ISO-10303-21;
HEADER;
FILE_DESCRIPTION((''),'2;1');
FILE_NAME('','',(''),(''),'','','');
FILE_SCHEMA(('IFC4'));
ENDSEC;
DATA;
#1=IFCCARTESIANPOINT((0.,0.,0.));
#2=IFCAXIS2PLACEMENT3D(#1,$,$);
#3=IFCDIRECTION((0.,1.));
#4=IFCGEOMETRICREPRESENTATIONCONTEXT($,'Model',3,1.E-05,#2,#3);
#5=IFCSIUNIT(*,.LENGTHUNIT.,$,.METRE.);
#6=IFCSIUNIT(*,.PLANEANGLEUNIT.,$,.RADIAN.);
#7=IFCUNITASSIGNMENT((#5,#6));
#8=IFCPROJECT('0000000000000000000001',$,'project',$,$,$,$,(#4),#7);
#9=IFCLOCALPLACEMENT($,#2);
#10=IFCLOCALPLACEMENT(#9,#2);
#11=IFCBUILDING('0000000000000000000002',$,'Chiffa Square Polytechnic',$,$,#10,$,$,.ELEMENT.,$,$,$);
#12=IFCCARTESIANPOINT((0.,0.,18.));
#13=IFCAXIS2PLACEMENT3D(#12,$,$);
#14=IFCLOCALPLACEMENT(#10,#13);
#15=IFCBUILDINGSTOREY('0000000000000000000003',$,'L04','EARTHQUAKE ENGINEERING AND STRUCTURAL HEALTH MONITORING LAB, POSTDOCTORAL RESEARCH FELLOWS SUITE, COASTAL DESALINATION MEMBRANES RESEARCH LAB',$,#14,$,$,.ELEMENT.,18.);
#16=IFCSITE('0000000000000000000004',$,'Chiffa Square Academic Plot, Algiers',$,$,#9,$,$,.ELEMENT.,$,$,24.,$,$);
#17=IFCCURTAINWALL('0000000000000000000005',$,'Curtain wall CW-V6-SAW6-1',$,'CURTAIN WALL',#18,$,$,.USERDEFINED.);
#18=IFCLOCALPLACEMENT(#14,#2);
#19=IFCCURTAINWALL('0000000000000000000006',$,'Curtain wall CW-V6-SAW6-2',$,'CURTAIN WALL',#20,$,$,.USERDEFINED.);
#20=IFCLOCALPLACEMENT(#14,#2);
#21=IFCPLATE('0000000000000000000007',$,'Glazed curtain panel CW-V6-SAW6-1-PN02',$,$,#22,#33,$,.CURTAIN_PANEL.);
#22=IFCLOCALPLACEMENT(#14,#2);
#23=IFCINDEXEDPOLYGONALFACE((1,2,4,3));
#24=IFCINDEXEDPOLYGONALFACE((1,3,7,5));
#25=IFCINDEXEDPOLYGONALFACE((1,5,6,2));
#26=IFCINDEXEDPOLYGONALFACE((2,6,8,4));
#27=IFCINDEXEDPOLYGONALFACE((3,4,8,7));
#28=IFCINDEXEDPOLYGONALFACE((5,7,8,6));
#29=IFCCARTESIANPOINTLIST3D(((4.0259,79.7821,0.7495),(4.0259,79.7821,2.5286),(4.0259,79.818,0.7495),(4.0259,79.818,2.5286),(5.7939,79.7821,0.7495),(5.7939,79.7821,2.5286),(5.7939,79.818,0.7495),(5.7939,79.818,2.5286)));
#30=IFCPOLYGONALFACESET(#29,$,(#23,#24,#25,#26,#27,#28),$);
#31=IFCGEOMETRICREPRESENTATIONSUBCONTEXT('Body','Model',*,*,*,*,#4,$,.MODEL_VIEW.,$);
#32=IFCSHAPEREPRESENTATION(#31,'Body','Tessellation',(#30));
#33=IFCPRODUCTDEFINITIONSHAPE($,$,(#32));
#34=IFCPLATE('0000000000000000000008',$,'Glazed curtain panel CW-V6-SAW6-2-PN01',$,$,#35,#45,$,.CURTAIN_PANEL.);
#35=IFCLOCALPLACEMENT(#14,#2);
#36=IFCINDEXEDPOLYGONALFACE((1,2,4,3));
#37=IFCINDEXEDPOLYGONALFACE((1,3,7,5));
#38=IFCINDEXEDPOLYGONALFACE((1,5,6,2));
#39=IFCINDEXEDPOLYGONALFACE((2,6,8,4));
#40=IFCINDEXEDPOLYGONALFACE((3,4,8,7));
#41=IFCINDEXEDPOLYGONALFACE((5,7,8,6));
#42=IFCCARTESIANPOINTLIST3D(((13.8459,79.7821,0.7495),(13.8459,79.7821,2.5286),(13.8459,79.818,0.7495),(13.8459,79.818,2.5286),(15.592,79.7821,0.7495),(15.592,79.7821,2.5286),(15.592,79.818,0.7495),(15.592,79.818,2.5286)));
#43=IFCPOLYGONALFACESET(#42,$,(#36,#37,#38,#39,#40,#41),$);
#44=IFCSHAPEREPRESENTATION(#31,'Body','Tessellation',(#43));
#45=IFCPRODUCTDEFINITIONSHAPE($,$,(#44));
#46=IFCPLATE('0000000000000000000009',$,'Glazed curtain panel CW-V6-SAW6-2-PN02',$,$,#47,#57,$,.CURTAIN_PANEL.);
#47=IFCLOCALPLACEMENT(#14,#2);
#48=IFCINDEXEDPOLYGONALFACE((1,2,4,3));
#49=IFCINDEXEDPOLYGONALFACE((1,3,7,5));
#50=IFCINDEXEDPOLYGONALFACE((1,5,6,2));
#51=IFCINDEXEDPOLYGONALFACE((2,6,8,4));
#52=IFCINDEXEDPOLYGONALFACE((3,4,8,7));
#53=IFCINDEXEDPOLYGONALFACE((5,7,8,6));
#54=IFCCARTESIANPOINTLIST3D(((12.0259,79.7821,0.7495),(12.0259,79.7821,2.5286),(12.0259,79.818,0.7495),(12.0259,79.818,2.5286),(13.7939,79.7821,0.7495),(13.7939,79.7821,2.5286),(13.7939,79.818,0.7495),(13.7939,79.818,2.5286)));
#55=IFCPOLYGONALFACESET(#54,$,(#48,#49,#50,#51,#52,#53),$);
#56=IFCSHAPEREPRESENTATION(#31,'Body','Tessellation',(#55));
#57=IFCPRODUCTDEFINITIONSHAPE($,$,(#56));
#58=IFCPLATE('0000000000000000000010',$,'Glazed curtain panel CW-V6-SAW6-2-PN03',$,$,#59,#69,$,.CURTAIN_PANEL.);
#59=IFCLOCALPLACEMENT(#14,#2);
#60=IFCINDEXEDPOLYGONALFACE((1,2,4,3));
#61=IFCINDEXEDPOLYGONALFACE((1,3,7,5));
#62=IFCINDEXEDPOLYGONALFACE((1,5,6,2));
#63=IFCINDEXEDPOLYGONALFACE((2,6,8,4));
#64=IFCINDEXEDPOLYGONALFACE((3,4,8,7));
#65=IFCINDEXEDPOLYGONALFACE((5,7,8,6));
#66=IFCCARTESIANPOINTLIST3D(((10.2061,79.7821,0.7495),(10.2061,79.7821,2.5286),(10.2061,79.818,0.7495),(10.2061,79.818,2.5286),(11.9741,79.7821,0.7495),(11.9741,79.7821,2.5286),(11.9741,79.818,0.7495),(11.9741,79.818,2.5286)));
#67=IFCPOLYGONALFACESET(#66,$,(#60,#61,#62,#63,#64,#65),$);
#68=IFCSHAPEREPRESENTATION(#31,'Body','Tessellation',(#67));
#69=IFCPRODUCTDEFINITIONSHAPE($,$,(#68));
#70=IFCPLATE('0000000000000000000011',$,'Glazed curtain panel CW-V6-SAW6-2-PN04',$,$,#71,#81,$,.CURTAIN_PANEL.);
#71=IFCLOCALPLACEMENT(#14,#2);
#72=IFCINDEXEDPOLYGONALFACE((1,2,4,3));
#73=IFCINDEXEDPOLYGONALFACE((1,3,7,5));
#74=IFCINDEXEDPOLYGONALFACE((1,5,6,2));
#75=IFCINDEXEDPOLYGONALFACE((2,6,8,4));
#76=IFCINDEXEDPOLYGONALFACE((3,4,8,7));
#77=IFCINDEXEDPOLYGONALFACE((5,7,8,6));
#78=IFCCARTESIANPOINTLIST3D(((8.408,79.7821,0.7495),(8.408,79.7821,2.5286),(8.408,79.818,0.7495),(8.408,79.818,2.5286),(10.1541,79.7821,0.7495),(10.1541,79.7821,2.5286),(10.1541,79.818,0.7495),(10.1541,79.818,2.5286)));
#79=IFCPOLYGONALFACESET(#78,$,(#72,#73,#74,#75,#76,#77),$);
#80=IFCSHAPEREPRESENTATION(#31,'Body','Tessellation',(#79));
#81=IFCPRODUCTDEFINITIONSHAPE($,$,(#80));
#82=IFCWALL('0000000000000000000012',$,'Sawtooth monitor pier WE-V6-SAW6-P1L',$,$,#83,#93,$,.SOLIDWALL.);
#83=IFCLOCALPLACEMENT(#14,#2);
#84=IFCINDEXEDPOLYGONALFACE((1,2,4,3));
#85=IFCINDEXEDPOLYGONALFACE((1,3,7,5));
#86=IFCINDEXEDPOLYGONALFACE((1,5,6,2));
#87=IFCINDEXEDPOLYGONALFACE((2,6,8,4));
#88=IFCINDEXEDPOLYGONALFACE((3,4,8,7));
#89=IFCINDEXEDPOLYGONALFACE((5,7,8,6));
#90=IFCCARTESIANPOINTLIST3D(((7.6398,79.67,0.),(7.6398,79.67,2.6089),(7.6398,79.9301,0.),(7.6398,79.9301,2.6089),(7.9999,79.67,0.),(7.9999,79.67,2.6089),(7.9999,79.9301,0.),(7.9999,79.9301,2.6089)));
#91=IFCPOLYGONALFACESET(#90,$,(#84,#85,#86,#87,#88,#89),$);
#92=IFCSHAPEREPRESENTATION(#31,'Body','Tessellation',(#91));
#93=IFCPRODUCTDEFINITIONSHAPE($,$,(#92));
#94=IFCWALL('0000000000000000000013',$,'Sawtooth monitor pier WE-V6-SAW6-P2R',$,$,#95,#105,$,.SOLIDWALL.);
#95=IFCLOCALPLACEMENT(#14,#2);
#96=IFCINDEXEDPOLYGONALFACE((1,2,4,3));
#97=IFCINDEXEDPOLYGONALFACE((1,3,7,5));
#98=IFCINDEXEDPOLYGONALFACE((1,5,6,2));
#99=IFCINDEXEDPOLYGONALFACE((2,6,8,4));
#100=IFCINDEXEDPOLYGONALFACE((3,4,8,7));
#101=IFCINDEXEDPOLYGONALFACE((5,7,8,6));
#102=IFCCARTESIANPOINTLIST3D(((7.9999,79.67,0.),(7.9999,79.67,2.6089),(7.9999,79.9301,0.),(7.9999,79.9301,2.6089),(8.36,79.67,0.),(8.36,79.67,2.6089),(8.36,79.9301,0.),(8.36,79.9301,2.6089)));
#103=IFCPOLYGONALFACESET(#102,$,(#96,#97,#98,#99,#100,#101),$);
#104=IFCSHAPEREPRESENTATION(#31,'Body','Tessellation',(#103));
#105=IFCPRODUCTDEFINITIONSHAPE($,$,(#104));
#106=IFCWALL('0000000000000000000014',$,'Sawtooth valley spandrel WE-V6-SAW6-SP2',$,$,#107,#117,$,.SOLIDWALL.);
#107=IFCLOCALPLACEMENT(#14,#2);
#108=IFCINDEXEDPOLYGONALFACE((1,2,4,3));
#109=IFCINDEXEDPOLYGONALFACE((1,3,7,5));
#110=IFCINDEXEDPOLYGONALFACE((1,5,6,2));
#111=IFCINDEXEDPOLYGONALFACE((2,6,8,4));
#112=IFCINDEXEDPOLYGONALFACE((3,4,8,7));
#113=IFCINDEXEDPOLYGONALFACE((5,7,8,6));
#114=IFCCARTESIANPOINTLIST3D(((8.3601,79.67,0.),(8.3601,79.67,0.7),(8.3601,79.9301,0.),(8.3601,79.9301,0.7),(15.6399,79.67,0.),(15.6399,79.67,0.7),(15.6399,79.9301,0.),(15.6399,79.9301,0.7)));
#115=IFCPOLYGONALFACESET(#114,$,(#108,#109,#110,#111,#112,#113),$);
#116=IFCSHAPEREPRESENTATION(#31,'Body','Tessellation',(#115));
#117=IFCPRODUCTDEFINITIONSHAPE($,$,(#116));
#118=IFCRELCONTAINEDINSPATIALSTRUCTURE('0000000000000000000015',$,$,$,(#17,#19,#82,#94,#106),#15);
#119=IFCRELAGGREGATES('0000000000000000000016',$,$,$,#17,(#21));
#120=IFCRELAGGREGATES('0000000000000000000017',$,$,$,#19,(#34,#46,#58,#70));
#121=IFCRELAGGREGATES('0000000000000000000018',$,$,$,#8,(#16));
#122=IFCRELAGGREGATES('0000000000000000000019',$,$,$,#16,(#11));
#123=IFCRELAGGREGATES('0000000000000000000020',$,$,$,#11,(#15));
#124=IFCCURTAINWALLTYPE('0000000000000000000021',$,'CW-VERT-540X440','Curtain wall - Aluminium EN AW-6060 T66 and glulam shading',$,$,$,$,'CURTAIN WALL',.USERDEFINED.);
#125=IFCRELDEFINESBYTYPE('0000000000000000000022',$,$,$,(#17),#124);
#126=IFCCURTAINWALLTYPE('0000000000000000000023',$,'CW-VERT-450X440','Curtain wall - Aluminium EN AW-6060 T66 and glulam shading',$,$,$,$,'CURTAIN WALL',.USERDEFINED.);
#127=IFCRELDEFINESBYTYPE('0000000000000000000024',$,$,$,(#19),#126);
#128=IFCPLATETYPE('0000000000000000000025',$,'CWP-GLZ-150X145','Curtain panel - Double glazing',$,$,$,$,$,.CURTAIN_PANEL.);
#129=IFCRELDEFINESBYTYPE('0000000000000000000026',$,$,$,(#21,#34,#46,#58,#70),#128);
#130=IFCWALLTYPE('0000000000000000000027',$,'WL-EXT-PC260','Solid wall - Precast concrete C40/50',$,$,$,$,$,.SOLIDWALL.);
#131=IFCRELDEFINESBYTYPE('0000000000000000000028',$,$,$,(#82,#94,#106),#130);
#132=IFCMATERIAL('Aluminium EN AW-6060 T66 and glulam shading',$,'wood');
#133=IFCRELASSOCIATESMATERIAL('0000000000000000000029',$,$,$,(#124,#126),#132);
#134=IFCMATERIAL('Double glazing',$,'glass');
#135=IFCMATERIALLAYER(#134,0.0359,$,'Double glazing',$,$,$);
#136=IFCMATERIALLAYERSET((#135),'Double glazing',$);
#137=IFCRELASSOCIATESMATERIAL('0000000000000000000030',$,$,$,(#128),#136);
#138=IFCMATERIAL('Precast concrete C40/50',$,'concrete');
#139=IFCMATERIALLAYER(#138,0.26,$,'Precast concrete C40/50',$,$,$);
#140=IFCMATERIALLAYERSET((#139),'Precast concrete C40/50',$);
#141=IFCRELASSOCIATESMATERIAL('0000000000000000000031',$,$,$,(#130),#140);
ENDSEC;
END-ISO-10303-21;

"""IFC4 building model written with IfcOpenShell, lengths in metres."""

from ifc_helpers import new_model, si_unit, direction, frame, frame_2d, origin, origin_2d, place, context, subcontext, project, spatial, rectangle, extrude, material, layer, layer_set, type_object, element, aggregate, save


model = new_model("IFC4")

# Units and contexts
model_context = context("Model", 3, precision=1e-05, world=origin(), true_north=direction((0.0, 1.0)))
body_context = subcontext(model_context, "Body", "Model", "MODEL_VIEW")
ifc_project = project(units=[si_unit("LENGTHUNIT", "METRE"), si_unit("PLANEANGLEUNIT", "RADIAN")], contexts=[model_context])

# Site, building, storey
site_placement = place(None, origin())
site = spatial("IfcSite", under=ifc_project, at=site_placement, Name="Chiffa Square Academic Plot, Algiers", CompositionType="ELEMENT", RefElevation=24.0)
building_placement = place(site_placement, origin())
building = spatial("IfcBuilding", under=site, at=building_placement, Name="Chiffa Square Polytechnic", CompositionType="ELEMENT")
storey_placement = place(building_placement, frame((0.0, 0.0, 18.0)))
storey = spatial("IfcBuildingStorey", under=building, at=storey_placement, Name="L04", Description="EARTHQUAKE ENGINEERING AND STRUCTURAL HEALTH MONITORING LAB, POSTDOCTORAL RESEARCH FELLOWS SUITE, COASTAL DESALINATION MEMBRANES RESEARCH LAB", CompositionType="ELEMENT", Elevation=18.0)

# Curtain walls
ifc_material_1 = material(Name="Aluminium EN AW-6060 T66 and glulam shading", Category="wood")
curtain_wall_type_1 = type_object("IfcCurtainWallType", Name="CW-VERT-540X440", Description="Curtain wall - Aluminium EN AW-6060 T66 and glulam shading", ElementType="CURTAIN WALL", PredefinedType="USERDEFINED", material=ifc_material_1)
curtain_wall_1_placement = place(storey_placement, origin())
curtain_wall_1 = element("IfcCurtainWall", 1, at=curtain_wall_1_placement, inside=storey, type_object=curtain_wall_type_1, Name="Curtain wall CW-V6-SAW6-1", ObjectType="CURTAIN WALL", PredefinedType="USERDEFINED")
curtain_wall_type_2 = type_object("IfcCurtainWallType", Name="CW-VERT-450X440", Description="Curtain wall - Aluminium EN AW-6060 T66 and glulam shading", ElementType="CURTAIN WALL", PredefinedType="USERDEFINED", material=ifc_material_1)
curtain_wall_2_placement = place(storey_placement, origin())
curtain_wall_2 = element("IfcCurtainWall", 2, at=curtain_wall_2_placement, inside=storey, type_object=curtain_wall_type_2, Name="Curtain wall CW-V6-SAW6-2", ObjectType="CURTAIN WALL", PredefinedType="USERDEFINED")

# Plates
ifc_material_2 = material(Name="Double glazing", Category="glass")
ifc_layer_1 = layer(ifc_material_2, 0.0359, Name="Double glazing")
ifc_layer_set_1 = layer_set([ifc_layer_1], Name="Double glazing")
plate_type = type_object("IfcPlateType", Name="CWP-GLZ-150X145", Description="Curtain panel - Double glazing", PredefinedType="CURTAIN_PANEL", material=ifc_layer_set_1)
plate_1_placement = place(storey_placement, frame((4.9099, 79.8, 0.7495), z_axis=(0.0, 0.0, 1.0), x_axis=(-1.0, 0.0, 0.0)))
plate_1 = element("IfcPlate", 3, at=plate_1_placement, type_object=plate_type, Name="Glazed curtain panel CW-V6-SAW6-1-PN02", PredefinedType="CURTAIN_PANEL", context=body_context, shape_type="SweptSolid", body=[
    extrude(rectangle(XDim=1.7681, YDim=0.0359, at=origin_2d()), origin(), (0.0, 0.0, 1.0), 1.7791),
])
aggregate(curtain_wall_1, [plate_1])
plate_2_placement = place(storey_placement, frame((14.719, 79.8, 0.7495), z_axis=(0.0, 0.0, 1.0), x_axis=(-1.0, 0.0, 0.0)))
plate_2 = element("IfcPlate", 4, at=plate_2_placement, type_object=plate_type, Name="Glazed curtain panel CW-V6-SAW6-2-PN01", PredefinedType="CURTAIN_PANEL", context=body_context, shape_type="SweptSolid", body=[
    extrude(rectangle(XDim=1.7461, YDim=0.0359, at=origin_2d()), origin(), (0.0, 0.0, 1.0), 1.7791),
])
plate_3_placement = place(storey_placement, frame((12.9099, 79.8, 0.7495), z_axis=(0.0, 0.0, 1.0), x_axis=(-1.0, 0.0, 0.0)))
plate_3 = element("IfcPlate", 5, at=plate_3_placement, type_object=plate_type, Name="Glazed curtain panel CW-V6-SAW6-2-PN02", PredefinedType="CURTAIN_PANEL", context=body_context, shape_type="SweptSolid", body=[
    extrude(rectangle(XDim=1.7681, YDim=0.0359, at=origin_2d()), origin(), (0.0, 0.0, 1.0), 1.7791),
])
plate_4_placement = place(storey_placement, frame((11.0901, 79.8, 0.7495), z_axis=(0.0, 0.0, 1.0), x_axis=(-1.0, 0.0, 0.0)))
plate_4 = element("IfcPlate", 6, at=plate_4_placement, type_object=plate_type, Name="Glazed curtain panel CW-V6-SAW6-2-PN03", PredefinedType="CURTAIN_PANEL", context=body_context, shape_type="SweptSolid", body=[
    extrude(rectangle(XDim=1.7681, YDim=0.0359, at=origin_2d()), origin(), (0.0, 0.0, 1.0), 1.7791),
])
plate_5_placement = place(storey_placement, frame((9.281, 79.8, 0.7495), z_axis=(0.0, 0.0, 1.0), x_axis=(-1.0, 0.0, 0.0)))
plate_5 = element("IfcPlate", 7, at=plate_5_placement, type_object=plate_type, Name="Glazed curtain panel CW-V6-SAW6-2-PN04", PredefinedType="CURTAIN_PANEL", context=body_context, shape_type="SweptSolid", body=[
    extrude(rectangle(XDim=1.7461, YDim=0.0359, at=origin_2d()), origin(), (0.0, 0.0, 1.0), 1.7791),
])
aggregate(curtain_wall_2, [plate_2, plate_3, plate_4, plate_5])

# Walls
ifc_material_3 = material(Name="Precast concrete C40/50", Category="concrete")
ifc_layer_2 = layer(ifc_material_3, 0.26, Name="Precast concrete C40/50")
ifc_layer_set_2 = layer_set([ifc_layer_2], Name="Precast concrete C40/50")
wall_type = type_object("IfcWallType", Name="WL-EXT-PC260", Description="Solid wall - Precast concrete C40/50", PredefinedType="SOLIDWALL", material=ifc_layer_set_2)
for number, where, z_axis, x_axis, name in (
    (8, (8.0, 79.8, 0.0), (0.0, 0.0, 1.0), (-1.0, 0.0, 0.0), "Sawtooth monitor pier WE-V6-SAW6-P1L"),
    (9, (8.3601, 79.8, 0.0), (0.0, 0.0, 1.0), (-1.0, 0.0, 0.0), "Sawtooth monitor pier WE-V6-SAW6-P2R"),
):
    element("IfcWall", number, at=place(storey_placement, frame(where, z_axis=z_axis, x_axis=x_axis)), inside=storey, type_object=wall_type, Name=name, PredefinedType="SOLIDWALL", context=body_context, shape_type="SweptSolid", body=[
        extrude(rectangle(XDim=0.3601, YDim=0.26, at=frame_2d((0.1802, 0.0))), origin(), (0.0, 0.0, 1.0), 2.6089),
    ])
wall_placement = place(storey_placement, frame((8.3601, 79.8, 0.0), z_axis=(0.0, 0.0, 1.0), x_axis=(1.0, 0.0, 0.0)))
element("IfcWall", 10, at=wall_placement, inside=storey, type_object=wall_type, Name="Sawtooth valley spandrel WE-V6-SAW6-SP2", PredefinedType="SOLIDWALL", context=body_context, shape_type="SweptSolid", body=[
    extrude(rectangle(XDim=7.2798, YDim=0.26, at=frame_2d((3.6399, 0.0))), origin(), (0.0, 0.0, 1.0), 0.7),
])

save(model, "model.ifc")
